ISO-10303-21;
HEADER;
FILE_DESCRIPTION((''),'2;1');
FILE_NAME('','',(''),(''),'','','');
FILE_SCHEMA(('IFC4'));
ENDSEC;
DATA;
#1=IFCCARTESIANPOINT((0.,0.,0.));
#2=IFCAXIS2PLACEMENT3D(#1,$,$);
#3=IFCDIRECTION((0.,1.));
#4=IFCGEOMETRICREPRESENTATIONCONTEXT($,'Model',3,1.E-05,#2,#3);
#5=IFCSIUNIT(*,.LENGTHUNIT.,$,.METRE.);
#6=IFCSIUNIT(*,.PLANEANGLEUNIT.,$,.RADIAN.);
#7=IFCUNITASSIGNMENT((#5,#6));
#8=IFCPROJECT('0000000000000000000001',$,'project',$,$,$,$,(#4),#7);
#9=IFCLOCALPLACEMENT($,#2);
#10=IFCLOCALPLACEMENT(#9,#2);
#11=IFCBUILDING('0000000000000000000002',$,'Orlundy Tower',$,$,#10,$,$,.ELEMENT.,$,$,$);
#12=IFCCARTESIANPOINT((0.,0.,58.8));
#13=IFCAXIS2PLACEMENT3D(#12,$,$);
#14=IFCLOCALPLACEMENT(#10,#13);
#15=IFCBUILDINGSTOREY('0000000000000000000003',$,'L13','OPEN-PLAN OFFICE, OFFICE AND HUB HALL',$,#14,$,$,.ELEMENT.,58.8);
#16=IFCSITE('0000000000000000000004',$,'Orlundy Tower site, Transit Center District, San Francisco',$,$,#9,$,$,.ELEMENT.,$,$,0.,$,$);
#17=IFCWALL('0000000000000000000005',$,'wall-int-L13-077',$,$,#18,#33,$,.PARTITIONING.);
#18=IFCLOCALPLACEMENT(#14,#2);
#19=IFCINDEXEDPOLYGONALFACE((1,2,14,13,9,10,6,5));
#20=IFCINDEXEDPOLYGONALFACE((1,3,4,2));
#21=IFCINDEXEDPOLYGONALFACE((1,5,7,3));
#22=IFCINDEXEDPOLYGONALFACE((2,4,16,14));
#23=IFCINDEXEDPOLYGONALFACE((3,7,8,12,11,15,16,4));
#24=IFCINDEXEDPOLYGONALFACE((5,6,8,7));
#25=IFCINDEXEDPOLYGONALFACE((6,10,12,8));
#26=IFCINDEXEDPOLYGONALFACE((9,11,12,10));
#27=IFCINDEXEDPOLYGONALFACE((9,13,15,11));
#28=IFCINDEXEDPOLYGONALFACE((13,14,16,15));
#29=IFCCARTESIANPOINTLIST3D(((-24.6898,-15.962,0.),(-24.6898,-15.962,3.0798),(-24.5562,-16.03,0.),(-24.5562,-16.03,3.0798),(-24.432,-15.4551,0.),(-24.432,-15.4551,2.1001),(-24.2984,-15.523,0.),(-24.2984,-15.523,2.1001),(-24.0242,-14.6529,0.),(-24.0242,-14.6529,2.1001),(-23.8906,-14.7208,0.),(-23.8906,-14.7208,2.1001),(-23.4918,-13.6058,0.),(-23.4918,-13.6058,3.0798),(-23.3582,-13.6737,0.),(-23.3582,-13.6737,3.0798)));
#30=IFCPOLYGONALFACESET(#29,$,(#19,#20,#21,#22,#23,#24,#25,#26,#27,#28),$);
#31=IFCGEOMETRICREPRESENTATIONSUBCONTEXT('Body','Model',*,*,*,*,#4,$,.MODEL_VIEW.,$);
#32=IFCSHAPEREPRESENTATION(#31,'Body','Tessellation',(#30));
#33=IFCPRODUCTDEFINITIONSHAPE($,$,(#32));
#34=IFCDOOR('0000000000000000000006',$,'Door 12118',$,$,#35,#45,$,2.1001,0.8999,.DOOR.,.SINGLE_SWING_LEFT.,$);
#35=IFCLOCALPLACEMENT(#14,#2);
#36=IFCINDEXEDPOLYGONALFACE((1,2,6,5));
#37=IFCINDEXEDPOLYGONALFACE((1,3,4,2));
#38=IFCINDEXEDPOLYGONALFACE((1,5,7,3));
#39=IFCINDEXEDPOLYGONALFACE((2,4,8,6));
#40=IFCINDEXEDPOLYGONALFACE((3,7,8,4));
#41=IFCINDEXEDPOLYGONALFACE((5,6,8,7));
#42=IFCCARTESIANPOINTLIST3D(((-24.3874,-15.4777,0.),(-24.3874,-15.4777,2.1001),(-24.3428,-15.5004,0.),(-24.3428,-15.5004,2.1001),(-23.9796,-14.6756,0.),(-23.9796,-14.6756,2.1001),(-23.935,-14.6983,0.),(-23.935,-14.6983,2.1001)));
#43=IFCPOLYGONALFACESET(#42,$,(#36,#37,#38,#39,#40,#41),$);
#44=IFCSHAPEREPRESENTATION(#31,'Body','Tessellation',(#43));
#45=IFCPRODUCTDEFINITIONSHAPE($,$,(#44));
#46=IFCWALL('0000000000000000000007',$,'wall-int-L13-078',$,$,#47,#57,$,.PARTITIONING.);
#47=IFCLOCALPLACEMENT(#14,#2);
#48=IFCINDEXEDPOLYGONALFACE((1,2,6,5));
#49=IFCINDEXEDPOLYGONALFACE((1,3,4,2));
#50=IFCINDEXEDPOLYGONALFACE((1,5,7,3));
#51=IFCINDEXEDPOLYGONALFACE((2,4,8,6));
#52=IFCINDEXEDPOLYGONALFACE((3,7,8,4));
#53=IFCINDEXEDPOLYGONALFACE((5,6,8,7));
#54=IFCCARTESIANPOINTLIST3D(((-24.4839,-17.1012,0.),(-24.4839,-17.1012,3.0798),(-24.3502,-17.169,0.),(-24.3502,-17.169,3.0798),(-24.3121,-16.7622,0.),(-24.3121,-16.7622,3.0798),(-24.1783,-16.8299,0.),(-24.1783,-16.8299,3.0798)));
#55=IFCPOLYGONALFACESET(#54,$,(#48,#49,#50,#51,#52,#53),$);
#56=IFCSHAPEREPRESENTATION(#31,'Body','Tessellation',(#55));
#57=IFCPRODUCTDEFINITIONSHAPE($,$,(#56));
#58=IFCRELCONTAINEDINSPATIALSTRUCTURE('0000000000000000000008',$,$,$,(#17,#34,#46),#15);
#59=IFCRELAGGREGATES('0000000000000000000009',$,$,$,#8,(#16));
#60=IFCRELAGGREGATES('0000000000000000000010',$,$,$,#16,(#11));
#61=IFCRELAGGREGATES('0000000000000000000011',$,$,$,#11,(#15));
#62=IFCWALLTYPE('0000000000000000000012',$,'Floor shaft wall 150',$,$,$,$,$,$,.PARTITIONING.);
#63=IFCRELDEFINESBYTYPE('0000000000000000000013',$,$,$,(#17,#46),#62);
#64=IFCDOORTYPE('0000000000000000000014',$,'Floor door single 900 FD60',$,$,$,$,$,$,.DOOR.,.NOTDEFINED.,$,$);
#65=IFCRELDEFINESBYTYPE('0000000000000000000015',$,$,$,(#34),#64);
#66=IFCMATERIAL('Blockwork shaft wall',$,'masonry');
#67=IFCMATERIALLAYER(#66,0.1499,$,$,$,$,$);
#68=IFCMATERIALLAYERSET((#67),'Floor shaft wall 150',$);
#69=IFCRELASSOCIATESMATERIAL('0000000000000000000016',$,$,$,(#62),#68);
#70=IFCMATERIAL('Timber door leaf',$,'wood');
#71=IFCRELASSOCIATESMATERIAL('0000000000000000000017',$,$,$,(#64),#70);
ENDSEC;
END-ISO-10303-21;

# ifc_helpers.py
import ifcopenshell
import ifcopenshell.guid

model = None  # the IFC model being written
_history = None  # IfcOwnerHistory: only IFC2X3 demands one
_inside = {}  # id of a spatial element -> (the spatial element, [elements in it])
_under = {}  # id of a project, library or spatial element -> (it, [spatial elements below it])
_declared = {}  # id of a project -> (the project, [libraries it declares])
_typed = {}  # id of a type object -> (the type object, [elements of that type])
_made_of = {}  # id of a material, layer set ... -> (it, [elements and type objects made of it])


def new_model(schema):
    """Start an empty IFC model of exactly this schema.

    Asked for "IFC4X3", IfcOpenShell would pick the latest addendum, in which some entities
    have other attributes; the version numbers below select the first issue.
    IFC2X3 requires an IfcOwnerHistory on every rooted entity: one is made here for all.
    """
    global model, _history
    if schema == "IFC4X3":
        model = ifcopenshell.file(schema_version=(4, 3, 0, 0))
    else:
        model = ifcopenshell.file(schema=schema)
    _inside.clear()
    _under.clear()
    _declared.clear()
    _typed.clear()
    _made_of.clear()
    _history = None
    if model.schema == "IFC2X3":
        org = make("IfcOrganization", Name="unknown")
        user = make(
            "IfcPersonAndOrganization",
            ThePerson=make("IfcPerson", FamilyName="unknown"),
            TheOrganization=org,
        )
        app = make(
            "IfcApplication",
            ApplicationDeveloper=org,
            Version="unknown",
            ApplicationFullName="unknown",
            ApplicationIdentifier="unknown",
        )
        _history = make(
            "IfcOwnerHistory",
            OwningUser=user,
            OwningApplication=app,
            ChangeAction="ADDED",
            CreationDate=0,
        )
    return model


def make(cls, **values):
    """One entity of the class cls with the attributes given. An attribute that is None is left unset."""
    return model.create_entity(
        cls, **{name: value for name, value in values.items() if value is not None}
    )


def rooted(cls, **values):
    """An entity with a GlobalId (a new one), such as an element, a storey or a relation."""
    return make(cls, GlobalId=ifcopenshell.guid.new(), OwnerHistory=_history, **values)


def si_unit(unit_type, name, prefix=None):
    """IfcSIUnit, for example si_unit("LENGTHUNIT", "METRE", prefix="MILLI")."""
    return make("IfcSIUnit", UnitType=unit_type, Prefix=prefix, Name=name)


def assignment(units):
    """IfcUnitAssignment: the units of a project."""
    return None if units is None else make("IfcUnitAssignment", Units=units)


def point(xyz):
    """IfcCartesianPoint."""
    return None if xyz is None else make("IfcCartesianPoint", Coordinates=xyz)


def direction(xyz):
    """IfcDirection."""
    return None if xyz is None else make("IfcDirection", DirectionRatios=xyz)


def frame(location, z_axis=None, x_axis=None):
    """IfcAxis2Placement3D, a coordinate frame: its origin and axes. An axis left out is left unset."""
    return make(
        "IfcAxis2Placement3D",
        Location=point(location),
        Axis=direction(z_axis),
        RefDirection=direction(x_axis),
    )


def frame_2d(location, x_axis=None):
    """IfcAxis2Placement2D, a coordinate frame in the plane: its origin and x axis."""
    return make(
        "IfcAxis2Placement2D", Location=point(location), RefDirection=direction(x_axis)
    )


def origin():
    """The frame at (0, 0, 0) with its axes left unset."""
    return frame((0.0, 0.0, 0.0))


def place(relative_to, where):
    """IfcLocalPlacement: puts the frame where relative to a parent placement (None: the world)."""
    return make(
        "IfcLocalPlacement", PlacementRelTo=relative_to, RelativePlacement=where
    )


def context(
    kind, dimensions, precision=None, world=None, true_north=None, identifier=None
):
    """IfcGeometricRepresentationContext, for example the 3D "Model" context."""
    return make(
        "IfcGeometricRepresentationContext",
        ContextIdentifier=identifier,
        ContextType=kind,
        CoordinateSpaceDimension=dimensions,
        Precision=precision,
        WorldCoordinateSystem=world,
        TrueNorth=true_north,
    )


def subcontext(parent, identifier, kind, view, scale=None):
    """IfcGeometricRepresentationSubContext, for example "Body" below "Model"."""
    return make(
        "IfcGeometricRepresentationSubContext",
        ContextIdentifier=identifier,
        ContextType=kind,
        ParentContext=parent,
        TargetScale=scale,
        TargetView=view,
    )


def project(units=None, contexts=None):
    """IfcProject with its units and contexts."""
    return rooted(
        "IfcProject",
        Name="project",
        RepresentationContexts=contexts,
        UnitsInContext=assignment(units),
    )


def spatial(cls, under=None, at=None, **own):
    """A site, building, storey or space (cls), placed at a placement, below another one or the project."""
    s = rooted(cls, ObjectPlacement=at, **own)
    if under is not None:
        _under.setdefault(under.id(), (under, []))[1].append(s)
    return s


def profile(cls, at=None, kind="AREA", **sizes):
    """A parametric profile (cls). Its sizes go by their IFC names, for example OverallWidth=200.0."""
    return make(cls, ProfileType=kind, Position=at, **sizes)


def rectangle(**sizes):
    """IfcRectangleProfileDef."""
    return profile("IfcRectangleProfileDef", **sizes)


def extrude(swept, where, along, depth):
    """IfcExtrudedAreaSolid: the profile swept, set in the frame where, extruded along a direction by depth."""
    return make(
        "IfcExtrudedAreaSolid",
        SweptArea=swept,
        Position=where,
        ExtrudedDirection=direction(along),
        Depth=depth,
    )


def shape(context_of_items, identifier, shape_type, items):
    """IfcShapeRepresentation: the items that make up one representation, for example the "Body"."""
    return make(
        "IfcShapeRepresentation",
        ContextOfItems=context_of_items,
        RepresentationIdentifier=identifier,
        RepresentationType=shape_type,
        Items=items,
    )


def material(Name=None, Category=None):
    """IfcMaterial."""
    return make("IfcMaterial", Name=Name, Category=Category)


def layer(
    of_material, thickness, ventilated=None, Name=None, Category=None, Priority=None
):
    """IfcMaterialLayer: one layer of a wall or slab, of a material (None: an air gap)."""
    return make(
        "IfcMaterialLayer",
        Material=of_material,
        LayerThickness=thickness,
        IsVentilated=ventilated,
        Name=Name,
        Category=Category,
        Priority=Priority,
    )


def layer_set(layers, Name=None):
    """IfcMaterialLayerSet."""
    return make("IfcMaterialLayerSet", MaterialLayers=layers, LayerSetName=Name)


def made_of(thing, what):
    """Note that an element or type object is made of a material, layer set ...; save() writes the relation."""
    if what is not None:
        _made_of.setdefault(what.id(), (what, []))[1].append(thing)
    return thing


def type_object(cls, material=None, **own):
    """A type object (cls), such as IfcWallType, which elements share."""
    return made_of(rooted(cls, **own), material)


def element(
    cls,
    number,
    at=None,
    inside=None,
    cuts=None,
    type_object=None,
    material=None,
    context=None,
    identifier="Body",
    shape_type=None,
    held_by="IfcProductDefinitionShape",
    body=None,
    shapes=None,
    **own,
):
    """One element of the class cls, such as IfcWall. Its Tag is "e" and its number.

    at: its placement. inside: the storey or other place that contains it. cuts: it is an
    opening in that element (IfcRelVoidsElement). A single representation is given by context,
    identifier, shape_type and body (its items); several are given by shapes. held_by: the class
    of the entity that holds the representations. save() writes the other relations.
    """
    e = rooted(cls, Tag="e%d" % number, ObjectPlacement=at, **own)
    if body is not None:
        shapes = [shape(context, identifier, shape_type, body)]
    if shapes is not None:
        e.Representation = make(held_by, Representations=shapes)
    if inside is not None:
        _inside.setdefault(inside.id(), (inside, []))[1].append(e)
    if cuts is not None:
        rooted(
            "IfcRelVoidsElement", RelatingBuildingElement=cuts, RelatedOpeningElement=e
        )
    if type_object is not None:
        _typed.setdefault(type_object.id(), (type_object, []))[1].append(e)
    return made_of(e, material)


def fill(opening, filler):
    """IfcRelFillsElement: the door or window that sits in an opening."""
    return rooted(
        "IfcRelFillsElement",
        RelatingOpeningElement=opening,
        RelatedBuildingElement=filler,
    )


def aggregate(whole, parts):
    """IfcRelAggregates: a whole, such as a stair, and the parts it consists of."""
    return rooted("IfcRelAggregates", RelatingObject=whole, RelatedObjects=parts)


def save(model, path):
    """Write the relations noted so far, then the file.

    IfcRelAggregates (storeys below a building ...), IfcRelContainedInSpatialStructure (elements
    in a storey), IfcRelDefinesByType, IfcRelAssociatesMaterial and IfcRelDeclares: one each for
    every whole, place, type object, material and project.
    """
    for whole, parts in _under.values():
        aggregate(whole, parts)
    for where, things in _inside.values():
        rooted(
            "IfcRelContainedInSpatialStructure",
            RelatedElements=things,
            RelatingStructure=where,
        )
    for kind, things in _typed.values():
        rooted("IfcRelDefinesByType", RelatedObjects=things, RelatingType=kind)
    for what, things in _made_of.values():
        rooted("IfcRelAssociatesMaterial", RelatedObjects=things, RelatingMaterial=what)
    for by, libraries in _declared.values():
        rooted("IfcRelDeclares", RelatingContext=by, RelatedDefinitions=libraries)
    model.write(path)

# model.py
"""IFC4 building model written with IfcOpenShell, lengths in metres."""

from ifc_helpers import new_model, si_unit, direction, frame, frame_2d, origin, place, context, subcontext, project, spatial, rectangle, extrude, material, layer, layer_set, type_object, element, fill, save


model = new_model("IFC4")

# Units and contexts
model_context = context("Model", 3, precision=1e-05, world=origin(), true_north=direction((0.0, 1.0)))
body_context = subcontext(model_context, "Body", "Model", "MODEL_VIEW")
ifc_project = project(units=[si_unit("LENGTHUNIT", "METRE"), si_unit("PLANEANGLEUNIT", "RADIAN")], contexts=[model_context])

# Site, building, storey
site_placement = place(None, origin())
site = spatial("IfcSite", under=ifc_project, at=site_placement, Name="Orlundy Tower site, Transit Center District, San Francisco", CompositionType="ELEMENT", RefElevation=0.0)
building_placement = place(site_placement, origin())
building = spatial("IfcBuilding", under=site, at=building_placement, Name="Orlundy Tower", CompositionType="ELEMENT")
storey_placement = place(building_placement, frame((0.0, 0.0, 58.8)))
storey = spatial("IfcBuildingStorey", under=building, at=storey_placement, Name="L13", Description="OPEN-PLAN OFFICE, OFFICE AND HUB HALL", CompositionType="ELEMENT", Elevation=58.8)

# Shared definitions
ifc_material_1 = material(Name="Blockwork shaft wall", Category="masonry")
ifc_layer_1 = layer(ifc_material_1, 0.1499)
ifc_layer_set_1 = layer_set([ifc_layer_1], Name="Floor shaft wall 150")
wall_type_1 = type_object("IfcWallType", Name="Floor shaft wall 150", PredefinedType="PARTITIONING", material=ifc_layer_set_1)

# Wall, opening, door
wall_1_placement = place(storey_placement, frame((-24.623, -15.9961, 0.0), z_axis=(0.0, 0.0, 1.0), x_axis=(0.453226, 0.891396, 0.0)))
wall_1 = element("IfcWall", 1, at=wall_1_placement, inside=storey, type_object=wall_type_1, Name="wall-int-L13-077", PredefinedType="PARTITIONING", context=body_context, shape_type="SweptSolid", body=[
    extrude(rectangle(XDim=2.6433, YDim=0.1499, at=frame_2d((1.3218, 0.0))), origin(), (0.0, 0.0, 1.0), 3.0798),
])
opening_1_placement = place(wall_1_placement, frame((0.5688, 0.0, 0.0)))
opening_1 = element("IfcOpeningElement", 2, at=opening_1_placement, cuts=wall_1, PredefinedType="OPENING", context=body_context, shape_type="SweptSolid", body=[
    extrude(rectangle(XDim=0.8999, YDim=2.1001, at=frame_2d((0.45, 1.05))), frame((0.0, 0.085, 0.0), z_axis=(0.0, -1.0, 0.0), x_axis=(1.0, 0.0, 0.0)), (0.0, 0.0, 1.0), 0.1699),
])
ifc_material_2 = material(Name="Timber door leaf", Category="wood")
door_type_1 = type_object("IfcDoorType", Name="Floor door single 900 FD60", OperationType="NOTDEFINED", PredefinedType="DOOR", material=ifc_material_2)
door_1_placement = place(opening_1_placement, origin())
door_1 = element("IfcDoor", 3, at=door_1_placement, inside=storey, type_object=door_type_1, Name="Door 12118", OperationType="SINGLE_SWING_LEFT", OverallHeight=2.1001, OverallWidth=0.8999, PredefinedType="DOOR", context=body_context, shape_type="SweptSolid", body=[
    extrude(rectangle(XDim=0.8999, YDim=2.1001, at=frame_2d((0.45, 1.05))), frame((0.0, 0.0249, 0.0), z_axis=(0.0, -1.0, 0.0), x_axis=(1.0, 0.0, 0.0)), (0.0, 0.0, 1.0), 0.05),
])
fill(opening_1, door_1)

# Wall
wall_2_placement = place(storey_placement, frame((-24.417, -17.135, 0.0), z_axis=(0.0, 0.0, 1.0), x_axis=(0.452087, 0.891974, 0.0)))
element("IfcWall", 4, at=wall_2_placement, inside=storey, type_object=wall_type_1, Name="wall-int-L13-078", PredefinedType="PARTITIONING", context=body_context, shape_type="SweptSolid", body=[
    extrude(rectangle(XDim=0.3801, YDim=0.1499, at=frame_2d((0.1899, 0.0))), origin(), (0.0, 0.0, 1.0), 3.0798),
])

save(model, "model.ifc")
